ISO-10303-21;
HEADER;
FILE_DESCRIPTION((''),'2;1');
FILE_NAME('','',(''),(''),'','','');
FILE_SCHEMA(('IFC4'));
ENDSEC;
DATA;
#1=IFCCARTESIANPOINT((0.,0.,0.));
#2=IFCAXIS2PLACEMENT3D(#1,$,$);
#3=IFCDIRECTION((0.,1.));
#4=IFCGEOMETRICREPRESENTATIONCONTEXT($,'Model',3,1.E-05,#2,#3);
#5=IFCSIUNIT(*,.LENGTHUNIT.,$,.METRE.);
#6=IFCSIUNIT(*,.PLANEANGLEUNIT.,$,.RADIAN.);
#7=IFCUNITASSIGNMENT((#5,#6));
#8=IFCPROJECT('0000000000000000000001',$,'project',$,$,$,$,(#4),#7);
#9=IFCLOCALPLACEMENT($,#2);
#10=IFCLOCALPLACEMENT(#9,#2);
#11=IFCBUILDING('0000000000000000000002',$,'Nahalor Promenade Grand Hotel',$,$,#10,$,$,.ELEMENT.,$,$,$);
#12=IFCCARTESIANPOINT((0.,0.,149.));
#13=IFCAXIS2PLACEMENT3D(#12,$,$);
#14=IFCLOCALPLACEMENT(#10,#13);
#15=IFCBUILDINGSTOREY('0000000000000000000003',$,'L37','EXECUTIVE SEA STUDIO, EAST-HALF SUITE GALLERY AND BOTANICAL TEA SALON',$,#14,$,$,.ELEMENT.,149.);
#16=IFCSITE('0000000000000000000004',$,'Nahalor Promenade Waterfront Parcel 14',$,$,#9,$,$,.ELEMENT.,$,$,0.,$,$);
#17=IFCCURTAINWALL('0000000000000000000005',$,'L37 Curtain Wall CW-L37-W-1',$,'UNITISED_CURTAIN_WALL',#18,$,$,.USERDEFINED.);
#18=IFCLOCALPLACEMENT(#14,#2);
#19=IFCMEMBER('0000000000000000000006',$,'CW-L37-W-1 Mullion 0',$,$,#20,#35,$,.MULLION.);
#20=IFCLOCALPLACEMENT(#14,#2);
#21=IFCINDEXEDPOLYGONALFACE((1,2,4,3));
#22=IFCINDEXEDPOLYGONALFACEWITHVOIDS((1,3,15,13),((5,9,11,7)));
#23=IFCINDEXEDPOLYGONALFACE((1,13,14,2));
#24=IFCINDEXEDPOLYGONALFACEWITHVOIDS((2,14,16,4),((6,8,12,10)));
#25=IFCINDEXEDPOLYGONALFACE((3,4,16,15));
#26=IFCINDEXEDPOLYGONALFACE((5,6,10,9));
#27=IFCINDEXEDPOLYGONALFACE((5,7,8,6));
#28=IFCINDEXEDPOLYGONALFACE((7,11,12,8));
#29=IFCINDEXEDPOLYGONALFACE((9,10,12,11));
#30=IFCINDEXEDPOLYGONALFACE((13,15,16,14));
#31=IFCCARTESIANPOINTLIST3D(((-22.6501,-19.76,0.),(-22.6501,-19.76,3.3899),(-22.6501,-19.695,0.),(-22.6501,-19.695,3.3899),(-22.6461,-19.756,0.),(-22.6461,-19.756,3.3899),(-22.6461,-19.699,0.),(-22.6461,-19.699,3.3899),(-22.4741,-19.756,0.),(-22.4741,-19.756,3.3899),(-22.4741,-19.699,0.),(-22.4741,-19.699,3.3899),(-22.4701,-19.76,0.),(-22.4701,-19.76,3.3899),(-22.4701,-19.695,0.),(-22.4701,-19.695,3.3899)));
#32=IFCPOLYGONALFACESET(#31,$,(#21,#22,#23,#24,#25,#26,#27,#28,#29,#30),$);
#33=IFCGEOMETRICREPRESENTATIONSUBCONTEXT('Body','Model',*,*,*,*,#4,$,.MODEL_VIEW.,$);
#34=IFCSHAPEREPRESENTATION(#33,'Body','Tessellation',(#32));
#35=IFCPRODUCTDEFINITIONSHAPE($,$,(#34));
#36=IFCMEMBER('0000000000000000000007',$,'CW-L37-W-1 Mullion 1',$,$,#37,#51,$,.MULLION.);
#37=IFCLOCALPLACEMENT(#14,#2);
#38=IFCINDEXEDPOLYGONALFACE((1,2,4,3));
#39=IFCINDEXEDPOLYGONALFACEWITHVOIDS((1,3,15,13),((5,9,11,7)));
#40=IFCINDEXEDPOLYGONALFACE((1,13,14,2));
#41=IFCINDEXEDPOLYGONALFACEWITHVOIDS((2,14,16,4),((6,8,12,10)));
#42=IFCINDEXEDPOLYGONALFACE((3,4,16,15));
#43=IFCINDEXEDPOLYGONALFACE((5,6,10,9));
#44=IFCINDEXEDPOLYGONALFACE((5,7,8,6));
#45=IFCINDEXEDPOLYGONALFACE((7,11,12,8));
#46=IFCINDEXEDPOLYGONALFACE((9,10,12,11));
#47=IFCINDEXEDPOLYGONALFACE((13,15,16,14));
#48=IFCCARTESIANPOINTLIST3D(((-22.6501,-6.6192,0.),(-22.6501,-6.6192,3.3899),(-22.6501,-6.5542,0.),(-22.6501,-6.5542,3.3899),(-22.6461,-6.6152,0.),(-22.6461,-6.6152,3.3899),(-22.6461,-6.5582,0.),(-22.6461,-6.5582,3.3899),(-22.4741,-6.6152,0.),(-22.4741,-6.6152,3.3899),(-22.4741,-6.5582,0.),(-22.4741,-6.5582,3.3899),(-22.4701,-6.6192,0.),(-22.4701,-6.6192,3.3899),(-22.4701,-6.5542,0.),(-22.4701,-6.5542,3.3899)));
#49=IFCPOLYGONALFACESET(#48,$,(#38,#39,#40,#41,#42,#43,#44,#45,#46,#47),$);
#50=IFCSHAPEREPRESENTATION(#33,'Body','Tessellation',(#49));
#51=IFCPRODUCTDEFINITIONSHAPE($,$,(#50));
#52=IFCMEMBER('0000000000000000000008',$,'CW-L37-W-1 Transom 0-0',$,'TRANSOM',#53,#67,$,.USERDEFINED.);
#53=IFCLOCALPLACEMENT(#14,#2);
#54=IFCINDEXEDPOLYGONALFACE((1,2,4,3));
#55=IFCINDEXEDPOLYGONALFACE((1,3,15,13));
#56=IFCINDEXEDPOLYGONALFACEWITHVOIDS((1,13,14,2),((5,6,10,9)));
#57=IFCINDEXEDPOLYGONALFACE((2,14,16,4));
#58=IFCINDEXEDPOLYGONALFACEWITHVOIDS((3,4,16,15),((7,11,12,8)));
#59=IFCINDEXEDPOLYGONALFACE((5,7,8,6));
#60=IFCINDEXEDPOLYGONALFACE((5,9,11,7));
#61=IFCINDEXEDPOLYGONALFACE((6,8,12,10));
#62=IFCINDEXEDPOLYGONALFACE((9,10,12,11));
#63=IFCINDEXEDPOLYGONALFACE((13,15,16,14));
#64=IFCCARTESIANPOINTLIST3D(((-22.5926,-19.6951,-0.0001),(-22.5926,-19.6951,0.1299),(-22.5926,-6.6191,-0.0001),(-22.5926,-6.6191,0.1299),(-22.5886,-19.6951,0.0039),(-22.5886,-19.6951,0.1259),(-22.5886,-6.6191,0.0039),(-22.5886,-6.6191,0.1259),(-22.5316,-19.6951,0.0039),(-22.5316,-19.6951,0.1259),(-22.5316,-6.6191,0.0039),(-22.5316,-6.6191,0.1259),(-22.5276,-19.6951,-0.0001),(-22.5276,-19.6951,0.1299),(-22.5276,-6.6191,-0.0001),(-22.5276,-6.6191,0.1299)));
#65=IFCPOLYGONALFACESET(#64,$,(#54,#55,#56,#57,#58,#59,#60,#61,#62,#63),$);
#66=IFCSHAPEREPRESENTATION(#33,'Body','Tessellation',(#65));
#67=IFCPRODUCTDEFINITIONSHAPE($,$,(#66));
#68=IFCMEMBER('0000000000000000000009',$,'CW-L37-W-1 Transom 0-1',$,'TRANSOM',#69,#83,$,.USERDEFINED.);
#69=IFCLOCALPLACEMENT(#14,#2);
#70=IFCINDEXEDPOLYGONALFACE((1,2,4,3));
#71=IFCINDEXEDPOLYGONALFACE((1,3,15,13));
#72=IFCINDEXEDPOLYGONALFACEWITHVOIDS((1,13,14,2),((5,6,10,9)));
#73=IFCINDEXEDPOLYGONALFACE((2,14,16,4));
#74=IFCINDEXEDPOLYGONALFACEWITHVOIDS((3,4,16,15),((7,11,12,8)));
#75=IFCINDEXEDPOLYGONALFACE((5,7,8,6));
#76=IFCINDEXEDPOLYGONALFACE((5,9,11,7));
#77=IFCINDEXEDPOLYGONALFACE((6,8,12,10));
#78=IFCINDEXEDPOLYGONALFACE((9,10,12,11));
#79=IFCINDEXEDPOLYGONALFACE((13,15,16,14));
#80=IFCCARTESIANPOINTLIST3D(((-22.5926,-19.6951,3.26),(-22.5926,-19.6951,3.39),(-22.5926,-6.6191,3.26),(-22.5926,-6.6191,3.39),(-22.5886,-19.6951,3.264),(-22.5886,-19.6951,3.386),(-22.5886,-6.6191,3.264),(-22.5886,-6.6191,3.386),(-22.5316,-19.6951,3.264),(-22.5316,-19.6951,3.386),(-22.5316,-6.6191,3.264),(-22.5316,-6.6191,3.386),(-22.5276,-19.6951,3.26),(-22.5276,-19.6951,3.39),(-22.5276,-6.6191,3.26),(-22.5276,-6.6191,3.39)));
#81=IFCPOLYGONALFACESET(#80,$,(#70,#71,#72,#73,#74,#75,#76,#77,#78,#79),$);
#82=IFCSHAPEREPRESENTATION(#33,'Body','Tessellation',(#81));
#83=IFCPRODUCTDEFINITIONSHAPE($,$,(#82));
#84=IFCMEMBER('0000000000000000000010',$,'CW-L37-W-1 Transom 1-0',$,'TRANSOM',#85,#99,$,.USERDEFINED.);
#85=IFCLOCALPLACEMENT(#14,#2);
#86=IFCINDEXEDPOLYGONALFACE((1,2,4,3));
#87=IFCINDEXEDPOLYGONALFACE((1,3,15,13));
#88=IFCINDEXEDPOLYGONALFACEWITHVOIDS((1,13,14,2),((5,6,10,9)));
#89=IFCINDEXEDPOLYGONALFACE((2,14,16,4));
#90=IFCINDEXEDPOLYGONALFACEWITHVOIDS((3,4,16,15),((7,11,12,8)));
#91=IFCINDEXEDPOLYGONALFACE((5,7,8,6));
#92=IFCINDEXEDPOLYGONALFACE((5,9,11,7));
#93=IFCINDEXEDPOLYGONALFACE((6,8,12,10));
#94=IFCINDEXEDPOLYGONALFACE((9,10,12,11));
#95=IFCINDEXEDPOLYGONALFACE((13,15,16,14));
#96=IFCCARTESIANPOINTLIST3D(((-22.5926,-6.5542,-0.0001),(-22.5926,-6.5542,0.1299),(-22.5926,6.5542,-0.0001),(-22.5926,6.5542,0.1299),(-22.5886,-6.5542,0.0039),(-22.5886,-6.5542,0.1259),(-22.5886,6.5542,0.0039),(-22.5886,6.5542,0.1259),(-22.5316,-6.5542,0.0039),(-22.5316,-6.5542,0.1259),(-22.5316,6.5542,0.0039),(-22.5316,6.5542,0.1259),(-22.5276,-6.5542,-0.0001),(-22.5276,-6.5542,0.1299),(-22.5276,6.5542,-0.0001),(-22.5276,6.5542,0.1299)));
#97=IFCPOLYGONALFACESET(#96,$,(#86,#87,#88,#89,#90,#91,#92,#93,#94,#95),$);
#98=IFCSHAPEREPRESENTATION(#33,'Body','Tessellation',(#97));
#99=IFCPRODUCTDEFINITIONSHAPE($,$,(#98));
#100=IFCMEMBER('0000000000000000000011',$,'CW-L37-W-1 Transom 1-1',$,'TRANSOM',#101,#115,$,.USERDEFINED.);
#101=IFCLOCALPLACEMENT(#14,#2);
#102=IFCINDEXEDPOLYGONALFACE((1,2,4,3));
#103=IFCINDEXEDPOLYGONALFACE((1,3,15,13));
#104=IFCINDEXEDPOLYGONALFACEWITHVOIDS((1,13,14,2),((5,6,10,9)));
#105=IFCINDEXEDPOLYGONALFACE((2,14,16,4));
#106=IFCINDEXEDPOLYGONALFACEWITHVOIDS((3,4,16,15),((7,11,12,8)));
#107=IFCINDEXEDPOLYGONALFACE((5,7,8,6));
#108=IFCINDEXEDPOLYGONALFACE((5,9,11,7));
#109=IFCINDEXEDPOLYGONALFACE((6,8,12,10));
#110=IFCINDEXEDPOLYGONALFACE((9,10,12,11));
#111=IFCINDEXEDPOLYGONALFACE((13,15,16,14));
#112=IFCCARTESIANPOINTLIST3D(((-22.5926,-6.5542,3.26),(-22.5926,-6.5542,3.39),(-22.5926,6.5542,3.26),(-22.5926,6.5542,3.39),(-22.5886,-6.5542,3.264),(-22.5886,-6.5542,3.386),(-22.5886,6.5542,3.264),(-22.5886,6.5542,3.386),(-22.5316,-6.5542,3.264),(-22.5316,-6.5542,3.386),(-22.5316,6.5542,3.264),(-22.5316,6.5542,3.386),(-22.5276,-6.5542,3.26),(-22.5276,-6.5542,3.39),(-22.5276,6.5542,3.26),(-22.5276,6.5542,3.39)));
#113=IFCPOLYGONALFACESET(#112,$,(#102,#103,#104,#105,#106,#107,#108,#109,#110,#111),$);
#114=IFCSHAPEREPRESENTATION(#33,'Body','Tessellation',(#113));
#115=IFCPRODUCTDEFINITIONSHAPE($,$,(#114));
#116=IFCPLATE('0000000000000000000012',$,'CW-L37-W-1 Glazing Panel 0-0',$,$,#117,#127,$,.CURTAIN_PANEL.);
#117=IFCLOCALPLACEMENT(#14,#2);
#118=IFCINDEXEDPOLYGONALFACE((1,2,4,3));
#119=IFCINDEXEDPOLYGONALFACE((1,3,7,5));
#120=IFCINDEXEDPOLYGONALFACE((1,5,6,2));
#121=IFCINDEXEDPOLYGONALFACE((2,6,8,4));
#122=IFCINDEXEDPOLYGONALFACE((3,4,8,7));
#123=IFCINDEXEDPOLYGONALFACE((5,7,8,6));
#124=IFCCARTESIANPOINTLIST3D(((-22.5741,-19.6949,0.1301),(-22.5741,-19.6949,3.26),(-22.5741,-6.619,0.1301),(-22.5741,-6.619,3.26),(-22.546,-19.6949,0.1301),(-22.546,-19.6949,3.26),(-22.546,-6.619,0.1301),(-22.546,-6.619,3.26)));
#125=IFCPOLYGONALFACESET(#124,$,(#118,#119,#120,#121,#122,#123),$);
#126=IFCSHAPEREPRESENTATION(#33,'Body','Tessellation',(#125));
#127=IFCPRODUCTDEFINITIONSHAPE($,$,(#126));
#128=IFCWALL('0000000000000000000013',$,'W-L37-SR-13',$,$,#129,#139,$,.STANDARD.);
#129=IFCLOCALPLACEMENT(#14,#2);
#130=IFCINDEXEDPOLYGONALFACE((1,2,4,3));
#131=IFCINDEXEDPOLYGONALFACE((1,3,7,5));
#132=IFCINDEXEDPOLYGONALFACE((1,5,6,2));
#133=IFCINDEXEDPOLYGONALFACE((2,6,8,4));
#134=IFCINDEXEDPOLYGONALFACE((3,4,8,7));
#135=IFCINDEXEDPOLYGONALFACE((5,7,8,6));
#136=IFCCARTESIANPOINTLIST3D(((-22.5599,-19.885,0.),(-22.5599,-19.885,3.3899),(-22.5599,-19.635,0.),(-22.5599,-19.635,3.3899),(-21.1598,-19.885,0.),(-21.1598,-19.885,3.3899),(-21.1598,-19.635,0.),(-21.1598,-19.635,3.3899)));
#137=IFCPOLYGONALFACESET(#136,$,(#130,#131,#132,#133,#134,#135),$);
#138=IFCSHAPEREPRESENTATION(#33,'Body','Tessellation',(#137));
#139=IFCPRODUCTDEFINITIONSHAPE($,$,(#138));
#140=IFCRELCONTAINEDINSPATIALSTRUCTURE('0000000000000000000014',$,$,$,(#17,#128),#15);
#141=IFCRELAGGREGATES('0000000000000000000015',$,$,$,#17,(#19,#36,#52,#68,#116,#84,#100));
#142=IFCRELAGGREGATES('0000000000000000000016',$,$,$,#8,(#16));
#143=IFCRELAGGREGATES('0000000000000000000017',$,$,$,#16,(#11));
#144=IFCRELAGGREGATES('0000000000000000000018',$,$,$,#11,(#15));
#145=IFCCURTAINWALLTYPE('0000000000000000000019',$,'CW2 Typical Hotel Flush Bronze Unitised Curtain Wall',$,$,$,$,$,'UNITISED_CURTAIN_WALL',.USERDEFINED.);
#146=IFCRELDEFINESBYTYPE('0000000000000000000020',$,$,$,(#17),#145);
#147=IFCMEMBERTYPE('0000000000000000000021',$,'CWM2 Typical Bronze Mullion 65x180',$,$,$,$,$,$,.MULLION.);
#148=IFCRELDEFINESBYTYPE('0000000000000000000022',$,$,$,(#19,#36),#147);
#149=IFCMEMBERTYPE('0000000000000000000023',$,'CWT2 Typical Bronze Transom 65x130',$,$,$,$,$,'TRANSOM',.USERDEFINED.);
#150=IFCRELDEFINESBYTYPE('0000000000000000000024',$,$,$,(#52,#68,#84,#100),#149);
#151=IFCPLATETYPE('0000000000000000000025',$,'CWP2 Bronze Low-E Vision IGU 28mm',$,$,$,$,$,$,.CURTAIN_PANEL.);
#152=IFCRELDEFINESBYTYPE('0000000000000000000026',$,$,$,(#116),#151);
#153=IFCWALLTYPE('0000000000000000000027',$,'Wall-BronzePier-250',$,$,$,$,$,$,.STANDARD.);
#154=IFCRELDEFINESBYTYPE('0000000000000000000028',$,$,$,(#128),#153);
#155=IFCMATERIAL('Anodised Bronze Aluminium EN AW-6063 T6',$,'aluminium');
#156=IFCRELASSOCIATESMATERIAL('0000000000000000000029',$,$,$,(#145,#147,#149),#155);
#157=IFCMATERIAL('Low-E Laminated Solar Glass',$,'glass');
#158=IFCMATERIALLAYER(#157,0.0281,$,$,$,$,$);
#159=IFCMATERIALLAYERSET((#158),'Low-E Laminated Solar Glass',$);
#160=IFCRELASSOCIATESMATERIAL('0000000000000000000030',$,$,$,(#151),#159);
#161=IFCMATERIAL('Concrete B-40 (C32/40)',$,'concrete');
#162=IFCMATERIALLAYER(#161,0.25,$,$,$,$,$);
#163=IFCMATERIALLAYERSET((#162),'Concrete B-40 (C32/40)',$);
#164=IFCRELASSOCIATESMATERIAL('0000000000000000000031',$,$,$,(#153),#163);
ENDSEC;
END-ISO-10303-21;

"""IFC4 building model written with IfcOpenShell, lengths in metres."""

from ifc_helpers import new_model, si_unit, direction, frame, frame_2d, origin, origin_2d, place, context, subcontext, project, spatial, rectangle, hollow_rectangle, extrude, source, transform, mapped, material, layer, layer_set, material_profile, profile_set, type_object, element, aggregate, save


model = new_model("IFC4")

# Units and contexts
model_context = context("Model", 3, precision=1e-05, world=origin(), true_north=direction((0.0, 1.0)))
body_context = subcontext(model_context, "Body", "Model", "MODEL_VIEW")
ifc_project = project(units=[si_unit("LENGTHUNIT", "METRE"), si_unit("PLANEANGLEUNIT", "RADIAN")], contexts=[model_context])

# Site, building, storey
site_placement = place(None, origin())
site = spatial("IfcSite", under=ifc_project, at=site_placement, Name="Nahalor Promenade Waterfront Parcel 14", CompositionType="ELEMENT", RefElevation=0.0)
building_placement = place(site_placement, origin())
building = spatial("IfcBuilding", under=site, at=building_placement, Name="Nahalor Promenade Grand Hotel", CompositionType="ELEMENT")
storey_placement = place(building_placement, frame((0.0, 0.0, 149.0)))
storey = spatial("IfcBuildingStorey", under=building, at=storey_placement, Name="L37", Description="EXECUTIVE SEA STUDIO, EAST-HALF SUITE GALLERY AND BOTANICAL TEA SALON", CompositionType="ELEMENT", Elevation=149.0)

# Curtain wall, members, plate
ifc_material_1 = material(Name="Anodised Bronze Aluminium EN AW-6063 T6", Category="aluminium")
curtain_wall_type = type_object("IfcCurtainWallType", Name="CW2 Typical Hotel Flush Bronze Unitised Curtain Wall", ElementType="UNITISED_CURTAIN_WALL", PredefinedType="USERDEFINED", material=ifc_material_1)
curtain_wall_placement = place(storey_placement, origin())
curtain_wall = element("IfcCurtainWall", 1, at=curtain_wall_placement, inside=storey, type_object=curtain_wall_type, Name="L37 Curtain Wall CW-L37-W-1", ObjectType="UNITISED_CURTAIN_WALL", PredefinedType="USERDEFINED")
ifc_material_profile_1 = material_profile(ifc_material_1, hollow_rectangle(XDim=0.065, YDim=0.18, WallThickness=0.004, at=origin_2d()), Name="CWM 65x180x4")
ifc_profile_set_1 = profile_set([ifc_material_profile_1], Name="Anodised Bronze Aluminium EN AW-6063 T6")
member_type_1 = type_object("IfcMemberType", Name="CWM2 Typical Bronze Mullion 65x180", PredefinedType="MULLION", material=ifc_profile_set_1)
shared_shape_1 = source(origin(), body_context, "Body", "SweptSolid", [
    extrude(hollow_rectangle(XDim=0.065, YDim=0.18, WallThickness=0.004, at=origin_2d()), origin(), (0.0, 0.0, 1.0), 3.3899),
])
member_1_placement = place(storey_placement, frame((-22.5601, -19.7275, 0.0), z_axis=(0.0, 0.0, 1.0), x_axis=(0.0, 1.0, 0.0)))
member_1 = element("IfcMember", 2, at=member_1_placement, type_object=member_type_1, Name="CW-L37-W-1 Mullion 0", PredefinedType="MULLION", context=body_context, shape_type="MappedRepresentation", body=[
    mapped(shared_shape_1, transform((0.0, 0.0, 0.0), scale=1.0)),
])
member_2_placement = place(storey_placement, frame((-22.5601, -6.5867, 0.0), z_axis=(0.0, 0.0, 1.0), x_axis=(0.0, 1.0, 0.0)))
member_2 = element("IfcMember", 3, at=member_2_placement, type_object=member_type_1, Name="CW-L37-W-1 Mullion 1", PredefinedType="MULLION", context=body_context, shape_type="MappedRepresentation", body=[
    mapped(shared_shape_1, transform((0.0, 0.0, 0.0), scale=1.0)),
])
ifc_material_profile_2 = material_profile(ifc_material_1, hollow_rectangle(XDim=0.065, YDim=0.13, WallThickness=0.004, at=origin_2d()), Name="CWT 65x130x4")
ifc_profile_set_2 = profile_set([ifc_material_profile_2], Name="Anodised Bronze Aluminium EN AW-6063 T6")
member_type_2 = type_object("IfcMemberType", Name="CWT2 Typical Bronze Transom 65x130", ElementType="TRANSOM", PredefinedType="USERDEFINED", material=ifc_profile_set_2)
shared_shape_2 = source(origin(), body_context, "Body", "SweptSolid", [
    extrude(hollow_rectangle(XDim=0.065, YDim=0.13, WallThickness=0.004, at=origin_2d()), origin(), (0.0, 0.0, 1.0), 13.0759),
])
member_3_placement = place(storey_placement, frame((-22.5601, -19.6951, 0.0649), z_axis=(0.0, 1.0, 0.0), x_axis=(-1.0, 0.0, 0.0)))
member_3 = element("IfcMember", 4, at=member_3_placement, type_object=member_type_2, Name="CW-L37-W-1 Transom 0-0", ObjectType="TRANSOM", PredefinedType="USERDEFINED", context=body_context, shape_type="MappedRepresentation", body=[
    mapped(shared_shape_2, transform((0.0, 0.0, 0.0), scale=1.0)),
])
member_4_placement = place(storey_placement, frame((-22.5601, -19.6951, 3.325), z_axis=(0.0, 1.0, 0.0), x_axis=(-1.0, 0.0, 0.0)))
member_4 = element("IfcMember", 5, at=member_4_placement, type_object=member_type_2, Name="CW-L37-W-1 Transom 0-1", ObjectType="TRANSOM", PredefinedType="USERDEFINED", context=body_context, shape_type="MappedRepresentation", body=[
    mapped(shared_shape_2, transform((0.0, 0.0, 0.0), scale=1.0)),
])
shared_shape_3 = source(origin(), body_context, "Body", "SweptSolid", [
    extrude(hollow_rectangle(XDim=0.065, YDim=0.13, WallThickness=0.004, at=origin_2d()), origin(), (0.0, 0.0, 1.0), 13.1084),
])
member_5_placement = place(storey_placement, frame((-22.5601, -6.5542, 0.0649), z_axis=(0.0, 1.0, 0.0), x_axis=(-1.0, 0.0, 0.0)))
member_5 = element("IfcMember", 6, at=member_5_placement, type_object=member_type_2, Name="CW-L37-W-1 Transom 1-0", ObjectType="TRANSOM", PredefinedType="USERDEFINED", context=body_context, shape_type="MappedRepresentation", body=[
    mapped(shared_shape_3, transform((0.0, 0.0, 0.0), scale=1.0)),
])
member_6_placement = place(storey_placement, frame((-22.5601, -6.5542, 3.325), z_axis=(0.0, 1.0, 0.0), x_axis=(-1.0, 0.0, 0.0)))
member_6 = element("IfcMember", 7, at=member_6_placement, type_object=member_type_2, Name="CW-L37-W-1 Transom 1-1", ObjectType="TRANSOM", PredefinedType="USERDEFINED", context=body_context, shape_type="MappedRepresentation", body=[
    mapped(shared_shape_3, transform((0.0, 0.0, 0.0), scale=1.0)),
])
ifc_material_2 = material(Name="Low-E Laminated Solar Glass", Category="glass")
ifc_layer_1 = layer(ifc_material_2, 0.0281)
ifc_layer_set_1 = layer_set([ifc_layer_1], Name="Low-E Laminated Solar Glass")
plate_type = type_object("IfcPlateType", Name="CWP2 Bronze Low-E Vision IGU 28mm", PredefinedType="CURTAIN_PANEL", material=ifc_layer_set_1)
shared_shape_4 = source(origin(), body_context, "Body", "SweptSolid", [
    extrude(rectangle(XDim=13.0759, YDim=0.0281, at=origin_2d()), origin(), (0.0, 0.0, 1.0), 3.1299),
])
plate_placement = place(storey_placement, frame((-22.5601, -13.157, 0.1301), z_axis=(0.0, 0.0, 1.0), x_axis=(0.0, 1.0, 0.0)))
plate = element("IfcPlate", 8, at=plate_placement, type_object=plate_type, Name="CW-L37-W-1 Glazing Panel 0-0", PredefinedType="CURTAIN_PANEL", context=body_context, shape_type="MappedRepresentation", body=[
    mapped(shared_shape_4, transform((0.0, 0.0, 0.0), scale=1.0)),
])
aggregate(curtain_wall, [member_1, member_2, member_3, member_4, plate, member_5, member_6])

# Wall
ifc_material_3 = material(Name="Concrete B-40 (C32/40)", Category="concrete")
ifc_layer_2 = layer(ifc_material_3, 0.25)
ifc_layer_set_2 = layer_set([ifc_layer_2], Name="Concrete B-40 (C32/40)")
wall_type = type_object("IfcWallType", Name="Wall-BronzePier-250", PredefinedType="STANDARD", material=ifc_layer_set_2)
shared_shape_5 = source(origin(), body_context, "Body", "SweptSolid", [
    extrude(rectangle(XDim=1.4001, YDim=0.25, at=frame_2d((0.7002, 0.0))), origin(), (0.0, 0.0, 1.0), 3.3899),
])
wall_placement = place(storey_placement, frame((-22.5601, -19.76, 0.0), z_axis=(0.0, 0.0, 1.0), x_axis=(1.0, 0.0, 0.0)))
element("IfcWall", 9, at=wall_placement, inside=storey, type_object=wall_type, Name="W-L37-SR-13", PredefinedType="STANDARD", context=body_context, shape_type="MappedRepresentation", body=[
    mapped(shared_shape_5, transform((0.0, 0.0, 0.0), scale=1.0)),
])

save(model, "model.ifc")
